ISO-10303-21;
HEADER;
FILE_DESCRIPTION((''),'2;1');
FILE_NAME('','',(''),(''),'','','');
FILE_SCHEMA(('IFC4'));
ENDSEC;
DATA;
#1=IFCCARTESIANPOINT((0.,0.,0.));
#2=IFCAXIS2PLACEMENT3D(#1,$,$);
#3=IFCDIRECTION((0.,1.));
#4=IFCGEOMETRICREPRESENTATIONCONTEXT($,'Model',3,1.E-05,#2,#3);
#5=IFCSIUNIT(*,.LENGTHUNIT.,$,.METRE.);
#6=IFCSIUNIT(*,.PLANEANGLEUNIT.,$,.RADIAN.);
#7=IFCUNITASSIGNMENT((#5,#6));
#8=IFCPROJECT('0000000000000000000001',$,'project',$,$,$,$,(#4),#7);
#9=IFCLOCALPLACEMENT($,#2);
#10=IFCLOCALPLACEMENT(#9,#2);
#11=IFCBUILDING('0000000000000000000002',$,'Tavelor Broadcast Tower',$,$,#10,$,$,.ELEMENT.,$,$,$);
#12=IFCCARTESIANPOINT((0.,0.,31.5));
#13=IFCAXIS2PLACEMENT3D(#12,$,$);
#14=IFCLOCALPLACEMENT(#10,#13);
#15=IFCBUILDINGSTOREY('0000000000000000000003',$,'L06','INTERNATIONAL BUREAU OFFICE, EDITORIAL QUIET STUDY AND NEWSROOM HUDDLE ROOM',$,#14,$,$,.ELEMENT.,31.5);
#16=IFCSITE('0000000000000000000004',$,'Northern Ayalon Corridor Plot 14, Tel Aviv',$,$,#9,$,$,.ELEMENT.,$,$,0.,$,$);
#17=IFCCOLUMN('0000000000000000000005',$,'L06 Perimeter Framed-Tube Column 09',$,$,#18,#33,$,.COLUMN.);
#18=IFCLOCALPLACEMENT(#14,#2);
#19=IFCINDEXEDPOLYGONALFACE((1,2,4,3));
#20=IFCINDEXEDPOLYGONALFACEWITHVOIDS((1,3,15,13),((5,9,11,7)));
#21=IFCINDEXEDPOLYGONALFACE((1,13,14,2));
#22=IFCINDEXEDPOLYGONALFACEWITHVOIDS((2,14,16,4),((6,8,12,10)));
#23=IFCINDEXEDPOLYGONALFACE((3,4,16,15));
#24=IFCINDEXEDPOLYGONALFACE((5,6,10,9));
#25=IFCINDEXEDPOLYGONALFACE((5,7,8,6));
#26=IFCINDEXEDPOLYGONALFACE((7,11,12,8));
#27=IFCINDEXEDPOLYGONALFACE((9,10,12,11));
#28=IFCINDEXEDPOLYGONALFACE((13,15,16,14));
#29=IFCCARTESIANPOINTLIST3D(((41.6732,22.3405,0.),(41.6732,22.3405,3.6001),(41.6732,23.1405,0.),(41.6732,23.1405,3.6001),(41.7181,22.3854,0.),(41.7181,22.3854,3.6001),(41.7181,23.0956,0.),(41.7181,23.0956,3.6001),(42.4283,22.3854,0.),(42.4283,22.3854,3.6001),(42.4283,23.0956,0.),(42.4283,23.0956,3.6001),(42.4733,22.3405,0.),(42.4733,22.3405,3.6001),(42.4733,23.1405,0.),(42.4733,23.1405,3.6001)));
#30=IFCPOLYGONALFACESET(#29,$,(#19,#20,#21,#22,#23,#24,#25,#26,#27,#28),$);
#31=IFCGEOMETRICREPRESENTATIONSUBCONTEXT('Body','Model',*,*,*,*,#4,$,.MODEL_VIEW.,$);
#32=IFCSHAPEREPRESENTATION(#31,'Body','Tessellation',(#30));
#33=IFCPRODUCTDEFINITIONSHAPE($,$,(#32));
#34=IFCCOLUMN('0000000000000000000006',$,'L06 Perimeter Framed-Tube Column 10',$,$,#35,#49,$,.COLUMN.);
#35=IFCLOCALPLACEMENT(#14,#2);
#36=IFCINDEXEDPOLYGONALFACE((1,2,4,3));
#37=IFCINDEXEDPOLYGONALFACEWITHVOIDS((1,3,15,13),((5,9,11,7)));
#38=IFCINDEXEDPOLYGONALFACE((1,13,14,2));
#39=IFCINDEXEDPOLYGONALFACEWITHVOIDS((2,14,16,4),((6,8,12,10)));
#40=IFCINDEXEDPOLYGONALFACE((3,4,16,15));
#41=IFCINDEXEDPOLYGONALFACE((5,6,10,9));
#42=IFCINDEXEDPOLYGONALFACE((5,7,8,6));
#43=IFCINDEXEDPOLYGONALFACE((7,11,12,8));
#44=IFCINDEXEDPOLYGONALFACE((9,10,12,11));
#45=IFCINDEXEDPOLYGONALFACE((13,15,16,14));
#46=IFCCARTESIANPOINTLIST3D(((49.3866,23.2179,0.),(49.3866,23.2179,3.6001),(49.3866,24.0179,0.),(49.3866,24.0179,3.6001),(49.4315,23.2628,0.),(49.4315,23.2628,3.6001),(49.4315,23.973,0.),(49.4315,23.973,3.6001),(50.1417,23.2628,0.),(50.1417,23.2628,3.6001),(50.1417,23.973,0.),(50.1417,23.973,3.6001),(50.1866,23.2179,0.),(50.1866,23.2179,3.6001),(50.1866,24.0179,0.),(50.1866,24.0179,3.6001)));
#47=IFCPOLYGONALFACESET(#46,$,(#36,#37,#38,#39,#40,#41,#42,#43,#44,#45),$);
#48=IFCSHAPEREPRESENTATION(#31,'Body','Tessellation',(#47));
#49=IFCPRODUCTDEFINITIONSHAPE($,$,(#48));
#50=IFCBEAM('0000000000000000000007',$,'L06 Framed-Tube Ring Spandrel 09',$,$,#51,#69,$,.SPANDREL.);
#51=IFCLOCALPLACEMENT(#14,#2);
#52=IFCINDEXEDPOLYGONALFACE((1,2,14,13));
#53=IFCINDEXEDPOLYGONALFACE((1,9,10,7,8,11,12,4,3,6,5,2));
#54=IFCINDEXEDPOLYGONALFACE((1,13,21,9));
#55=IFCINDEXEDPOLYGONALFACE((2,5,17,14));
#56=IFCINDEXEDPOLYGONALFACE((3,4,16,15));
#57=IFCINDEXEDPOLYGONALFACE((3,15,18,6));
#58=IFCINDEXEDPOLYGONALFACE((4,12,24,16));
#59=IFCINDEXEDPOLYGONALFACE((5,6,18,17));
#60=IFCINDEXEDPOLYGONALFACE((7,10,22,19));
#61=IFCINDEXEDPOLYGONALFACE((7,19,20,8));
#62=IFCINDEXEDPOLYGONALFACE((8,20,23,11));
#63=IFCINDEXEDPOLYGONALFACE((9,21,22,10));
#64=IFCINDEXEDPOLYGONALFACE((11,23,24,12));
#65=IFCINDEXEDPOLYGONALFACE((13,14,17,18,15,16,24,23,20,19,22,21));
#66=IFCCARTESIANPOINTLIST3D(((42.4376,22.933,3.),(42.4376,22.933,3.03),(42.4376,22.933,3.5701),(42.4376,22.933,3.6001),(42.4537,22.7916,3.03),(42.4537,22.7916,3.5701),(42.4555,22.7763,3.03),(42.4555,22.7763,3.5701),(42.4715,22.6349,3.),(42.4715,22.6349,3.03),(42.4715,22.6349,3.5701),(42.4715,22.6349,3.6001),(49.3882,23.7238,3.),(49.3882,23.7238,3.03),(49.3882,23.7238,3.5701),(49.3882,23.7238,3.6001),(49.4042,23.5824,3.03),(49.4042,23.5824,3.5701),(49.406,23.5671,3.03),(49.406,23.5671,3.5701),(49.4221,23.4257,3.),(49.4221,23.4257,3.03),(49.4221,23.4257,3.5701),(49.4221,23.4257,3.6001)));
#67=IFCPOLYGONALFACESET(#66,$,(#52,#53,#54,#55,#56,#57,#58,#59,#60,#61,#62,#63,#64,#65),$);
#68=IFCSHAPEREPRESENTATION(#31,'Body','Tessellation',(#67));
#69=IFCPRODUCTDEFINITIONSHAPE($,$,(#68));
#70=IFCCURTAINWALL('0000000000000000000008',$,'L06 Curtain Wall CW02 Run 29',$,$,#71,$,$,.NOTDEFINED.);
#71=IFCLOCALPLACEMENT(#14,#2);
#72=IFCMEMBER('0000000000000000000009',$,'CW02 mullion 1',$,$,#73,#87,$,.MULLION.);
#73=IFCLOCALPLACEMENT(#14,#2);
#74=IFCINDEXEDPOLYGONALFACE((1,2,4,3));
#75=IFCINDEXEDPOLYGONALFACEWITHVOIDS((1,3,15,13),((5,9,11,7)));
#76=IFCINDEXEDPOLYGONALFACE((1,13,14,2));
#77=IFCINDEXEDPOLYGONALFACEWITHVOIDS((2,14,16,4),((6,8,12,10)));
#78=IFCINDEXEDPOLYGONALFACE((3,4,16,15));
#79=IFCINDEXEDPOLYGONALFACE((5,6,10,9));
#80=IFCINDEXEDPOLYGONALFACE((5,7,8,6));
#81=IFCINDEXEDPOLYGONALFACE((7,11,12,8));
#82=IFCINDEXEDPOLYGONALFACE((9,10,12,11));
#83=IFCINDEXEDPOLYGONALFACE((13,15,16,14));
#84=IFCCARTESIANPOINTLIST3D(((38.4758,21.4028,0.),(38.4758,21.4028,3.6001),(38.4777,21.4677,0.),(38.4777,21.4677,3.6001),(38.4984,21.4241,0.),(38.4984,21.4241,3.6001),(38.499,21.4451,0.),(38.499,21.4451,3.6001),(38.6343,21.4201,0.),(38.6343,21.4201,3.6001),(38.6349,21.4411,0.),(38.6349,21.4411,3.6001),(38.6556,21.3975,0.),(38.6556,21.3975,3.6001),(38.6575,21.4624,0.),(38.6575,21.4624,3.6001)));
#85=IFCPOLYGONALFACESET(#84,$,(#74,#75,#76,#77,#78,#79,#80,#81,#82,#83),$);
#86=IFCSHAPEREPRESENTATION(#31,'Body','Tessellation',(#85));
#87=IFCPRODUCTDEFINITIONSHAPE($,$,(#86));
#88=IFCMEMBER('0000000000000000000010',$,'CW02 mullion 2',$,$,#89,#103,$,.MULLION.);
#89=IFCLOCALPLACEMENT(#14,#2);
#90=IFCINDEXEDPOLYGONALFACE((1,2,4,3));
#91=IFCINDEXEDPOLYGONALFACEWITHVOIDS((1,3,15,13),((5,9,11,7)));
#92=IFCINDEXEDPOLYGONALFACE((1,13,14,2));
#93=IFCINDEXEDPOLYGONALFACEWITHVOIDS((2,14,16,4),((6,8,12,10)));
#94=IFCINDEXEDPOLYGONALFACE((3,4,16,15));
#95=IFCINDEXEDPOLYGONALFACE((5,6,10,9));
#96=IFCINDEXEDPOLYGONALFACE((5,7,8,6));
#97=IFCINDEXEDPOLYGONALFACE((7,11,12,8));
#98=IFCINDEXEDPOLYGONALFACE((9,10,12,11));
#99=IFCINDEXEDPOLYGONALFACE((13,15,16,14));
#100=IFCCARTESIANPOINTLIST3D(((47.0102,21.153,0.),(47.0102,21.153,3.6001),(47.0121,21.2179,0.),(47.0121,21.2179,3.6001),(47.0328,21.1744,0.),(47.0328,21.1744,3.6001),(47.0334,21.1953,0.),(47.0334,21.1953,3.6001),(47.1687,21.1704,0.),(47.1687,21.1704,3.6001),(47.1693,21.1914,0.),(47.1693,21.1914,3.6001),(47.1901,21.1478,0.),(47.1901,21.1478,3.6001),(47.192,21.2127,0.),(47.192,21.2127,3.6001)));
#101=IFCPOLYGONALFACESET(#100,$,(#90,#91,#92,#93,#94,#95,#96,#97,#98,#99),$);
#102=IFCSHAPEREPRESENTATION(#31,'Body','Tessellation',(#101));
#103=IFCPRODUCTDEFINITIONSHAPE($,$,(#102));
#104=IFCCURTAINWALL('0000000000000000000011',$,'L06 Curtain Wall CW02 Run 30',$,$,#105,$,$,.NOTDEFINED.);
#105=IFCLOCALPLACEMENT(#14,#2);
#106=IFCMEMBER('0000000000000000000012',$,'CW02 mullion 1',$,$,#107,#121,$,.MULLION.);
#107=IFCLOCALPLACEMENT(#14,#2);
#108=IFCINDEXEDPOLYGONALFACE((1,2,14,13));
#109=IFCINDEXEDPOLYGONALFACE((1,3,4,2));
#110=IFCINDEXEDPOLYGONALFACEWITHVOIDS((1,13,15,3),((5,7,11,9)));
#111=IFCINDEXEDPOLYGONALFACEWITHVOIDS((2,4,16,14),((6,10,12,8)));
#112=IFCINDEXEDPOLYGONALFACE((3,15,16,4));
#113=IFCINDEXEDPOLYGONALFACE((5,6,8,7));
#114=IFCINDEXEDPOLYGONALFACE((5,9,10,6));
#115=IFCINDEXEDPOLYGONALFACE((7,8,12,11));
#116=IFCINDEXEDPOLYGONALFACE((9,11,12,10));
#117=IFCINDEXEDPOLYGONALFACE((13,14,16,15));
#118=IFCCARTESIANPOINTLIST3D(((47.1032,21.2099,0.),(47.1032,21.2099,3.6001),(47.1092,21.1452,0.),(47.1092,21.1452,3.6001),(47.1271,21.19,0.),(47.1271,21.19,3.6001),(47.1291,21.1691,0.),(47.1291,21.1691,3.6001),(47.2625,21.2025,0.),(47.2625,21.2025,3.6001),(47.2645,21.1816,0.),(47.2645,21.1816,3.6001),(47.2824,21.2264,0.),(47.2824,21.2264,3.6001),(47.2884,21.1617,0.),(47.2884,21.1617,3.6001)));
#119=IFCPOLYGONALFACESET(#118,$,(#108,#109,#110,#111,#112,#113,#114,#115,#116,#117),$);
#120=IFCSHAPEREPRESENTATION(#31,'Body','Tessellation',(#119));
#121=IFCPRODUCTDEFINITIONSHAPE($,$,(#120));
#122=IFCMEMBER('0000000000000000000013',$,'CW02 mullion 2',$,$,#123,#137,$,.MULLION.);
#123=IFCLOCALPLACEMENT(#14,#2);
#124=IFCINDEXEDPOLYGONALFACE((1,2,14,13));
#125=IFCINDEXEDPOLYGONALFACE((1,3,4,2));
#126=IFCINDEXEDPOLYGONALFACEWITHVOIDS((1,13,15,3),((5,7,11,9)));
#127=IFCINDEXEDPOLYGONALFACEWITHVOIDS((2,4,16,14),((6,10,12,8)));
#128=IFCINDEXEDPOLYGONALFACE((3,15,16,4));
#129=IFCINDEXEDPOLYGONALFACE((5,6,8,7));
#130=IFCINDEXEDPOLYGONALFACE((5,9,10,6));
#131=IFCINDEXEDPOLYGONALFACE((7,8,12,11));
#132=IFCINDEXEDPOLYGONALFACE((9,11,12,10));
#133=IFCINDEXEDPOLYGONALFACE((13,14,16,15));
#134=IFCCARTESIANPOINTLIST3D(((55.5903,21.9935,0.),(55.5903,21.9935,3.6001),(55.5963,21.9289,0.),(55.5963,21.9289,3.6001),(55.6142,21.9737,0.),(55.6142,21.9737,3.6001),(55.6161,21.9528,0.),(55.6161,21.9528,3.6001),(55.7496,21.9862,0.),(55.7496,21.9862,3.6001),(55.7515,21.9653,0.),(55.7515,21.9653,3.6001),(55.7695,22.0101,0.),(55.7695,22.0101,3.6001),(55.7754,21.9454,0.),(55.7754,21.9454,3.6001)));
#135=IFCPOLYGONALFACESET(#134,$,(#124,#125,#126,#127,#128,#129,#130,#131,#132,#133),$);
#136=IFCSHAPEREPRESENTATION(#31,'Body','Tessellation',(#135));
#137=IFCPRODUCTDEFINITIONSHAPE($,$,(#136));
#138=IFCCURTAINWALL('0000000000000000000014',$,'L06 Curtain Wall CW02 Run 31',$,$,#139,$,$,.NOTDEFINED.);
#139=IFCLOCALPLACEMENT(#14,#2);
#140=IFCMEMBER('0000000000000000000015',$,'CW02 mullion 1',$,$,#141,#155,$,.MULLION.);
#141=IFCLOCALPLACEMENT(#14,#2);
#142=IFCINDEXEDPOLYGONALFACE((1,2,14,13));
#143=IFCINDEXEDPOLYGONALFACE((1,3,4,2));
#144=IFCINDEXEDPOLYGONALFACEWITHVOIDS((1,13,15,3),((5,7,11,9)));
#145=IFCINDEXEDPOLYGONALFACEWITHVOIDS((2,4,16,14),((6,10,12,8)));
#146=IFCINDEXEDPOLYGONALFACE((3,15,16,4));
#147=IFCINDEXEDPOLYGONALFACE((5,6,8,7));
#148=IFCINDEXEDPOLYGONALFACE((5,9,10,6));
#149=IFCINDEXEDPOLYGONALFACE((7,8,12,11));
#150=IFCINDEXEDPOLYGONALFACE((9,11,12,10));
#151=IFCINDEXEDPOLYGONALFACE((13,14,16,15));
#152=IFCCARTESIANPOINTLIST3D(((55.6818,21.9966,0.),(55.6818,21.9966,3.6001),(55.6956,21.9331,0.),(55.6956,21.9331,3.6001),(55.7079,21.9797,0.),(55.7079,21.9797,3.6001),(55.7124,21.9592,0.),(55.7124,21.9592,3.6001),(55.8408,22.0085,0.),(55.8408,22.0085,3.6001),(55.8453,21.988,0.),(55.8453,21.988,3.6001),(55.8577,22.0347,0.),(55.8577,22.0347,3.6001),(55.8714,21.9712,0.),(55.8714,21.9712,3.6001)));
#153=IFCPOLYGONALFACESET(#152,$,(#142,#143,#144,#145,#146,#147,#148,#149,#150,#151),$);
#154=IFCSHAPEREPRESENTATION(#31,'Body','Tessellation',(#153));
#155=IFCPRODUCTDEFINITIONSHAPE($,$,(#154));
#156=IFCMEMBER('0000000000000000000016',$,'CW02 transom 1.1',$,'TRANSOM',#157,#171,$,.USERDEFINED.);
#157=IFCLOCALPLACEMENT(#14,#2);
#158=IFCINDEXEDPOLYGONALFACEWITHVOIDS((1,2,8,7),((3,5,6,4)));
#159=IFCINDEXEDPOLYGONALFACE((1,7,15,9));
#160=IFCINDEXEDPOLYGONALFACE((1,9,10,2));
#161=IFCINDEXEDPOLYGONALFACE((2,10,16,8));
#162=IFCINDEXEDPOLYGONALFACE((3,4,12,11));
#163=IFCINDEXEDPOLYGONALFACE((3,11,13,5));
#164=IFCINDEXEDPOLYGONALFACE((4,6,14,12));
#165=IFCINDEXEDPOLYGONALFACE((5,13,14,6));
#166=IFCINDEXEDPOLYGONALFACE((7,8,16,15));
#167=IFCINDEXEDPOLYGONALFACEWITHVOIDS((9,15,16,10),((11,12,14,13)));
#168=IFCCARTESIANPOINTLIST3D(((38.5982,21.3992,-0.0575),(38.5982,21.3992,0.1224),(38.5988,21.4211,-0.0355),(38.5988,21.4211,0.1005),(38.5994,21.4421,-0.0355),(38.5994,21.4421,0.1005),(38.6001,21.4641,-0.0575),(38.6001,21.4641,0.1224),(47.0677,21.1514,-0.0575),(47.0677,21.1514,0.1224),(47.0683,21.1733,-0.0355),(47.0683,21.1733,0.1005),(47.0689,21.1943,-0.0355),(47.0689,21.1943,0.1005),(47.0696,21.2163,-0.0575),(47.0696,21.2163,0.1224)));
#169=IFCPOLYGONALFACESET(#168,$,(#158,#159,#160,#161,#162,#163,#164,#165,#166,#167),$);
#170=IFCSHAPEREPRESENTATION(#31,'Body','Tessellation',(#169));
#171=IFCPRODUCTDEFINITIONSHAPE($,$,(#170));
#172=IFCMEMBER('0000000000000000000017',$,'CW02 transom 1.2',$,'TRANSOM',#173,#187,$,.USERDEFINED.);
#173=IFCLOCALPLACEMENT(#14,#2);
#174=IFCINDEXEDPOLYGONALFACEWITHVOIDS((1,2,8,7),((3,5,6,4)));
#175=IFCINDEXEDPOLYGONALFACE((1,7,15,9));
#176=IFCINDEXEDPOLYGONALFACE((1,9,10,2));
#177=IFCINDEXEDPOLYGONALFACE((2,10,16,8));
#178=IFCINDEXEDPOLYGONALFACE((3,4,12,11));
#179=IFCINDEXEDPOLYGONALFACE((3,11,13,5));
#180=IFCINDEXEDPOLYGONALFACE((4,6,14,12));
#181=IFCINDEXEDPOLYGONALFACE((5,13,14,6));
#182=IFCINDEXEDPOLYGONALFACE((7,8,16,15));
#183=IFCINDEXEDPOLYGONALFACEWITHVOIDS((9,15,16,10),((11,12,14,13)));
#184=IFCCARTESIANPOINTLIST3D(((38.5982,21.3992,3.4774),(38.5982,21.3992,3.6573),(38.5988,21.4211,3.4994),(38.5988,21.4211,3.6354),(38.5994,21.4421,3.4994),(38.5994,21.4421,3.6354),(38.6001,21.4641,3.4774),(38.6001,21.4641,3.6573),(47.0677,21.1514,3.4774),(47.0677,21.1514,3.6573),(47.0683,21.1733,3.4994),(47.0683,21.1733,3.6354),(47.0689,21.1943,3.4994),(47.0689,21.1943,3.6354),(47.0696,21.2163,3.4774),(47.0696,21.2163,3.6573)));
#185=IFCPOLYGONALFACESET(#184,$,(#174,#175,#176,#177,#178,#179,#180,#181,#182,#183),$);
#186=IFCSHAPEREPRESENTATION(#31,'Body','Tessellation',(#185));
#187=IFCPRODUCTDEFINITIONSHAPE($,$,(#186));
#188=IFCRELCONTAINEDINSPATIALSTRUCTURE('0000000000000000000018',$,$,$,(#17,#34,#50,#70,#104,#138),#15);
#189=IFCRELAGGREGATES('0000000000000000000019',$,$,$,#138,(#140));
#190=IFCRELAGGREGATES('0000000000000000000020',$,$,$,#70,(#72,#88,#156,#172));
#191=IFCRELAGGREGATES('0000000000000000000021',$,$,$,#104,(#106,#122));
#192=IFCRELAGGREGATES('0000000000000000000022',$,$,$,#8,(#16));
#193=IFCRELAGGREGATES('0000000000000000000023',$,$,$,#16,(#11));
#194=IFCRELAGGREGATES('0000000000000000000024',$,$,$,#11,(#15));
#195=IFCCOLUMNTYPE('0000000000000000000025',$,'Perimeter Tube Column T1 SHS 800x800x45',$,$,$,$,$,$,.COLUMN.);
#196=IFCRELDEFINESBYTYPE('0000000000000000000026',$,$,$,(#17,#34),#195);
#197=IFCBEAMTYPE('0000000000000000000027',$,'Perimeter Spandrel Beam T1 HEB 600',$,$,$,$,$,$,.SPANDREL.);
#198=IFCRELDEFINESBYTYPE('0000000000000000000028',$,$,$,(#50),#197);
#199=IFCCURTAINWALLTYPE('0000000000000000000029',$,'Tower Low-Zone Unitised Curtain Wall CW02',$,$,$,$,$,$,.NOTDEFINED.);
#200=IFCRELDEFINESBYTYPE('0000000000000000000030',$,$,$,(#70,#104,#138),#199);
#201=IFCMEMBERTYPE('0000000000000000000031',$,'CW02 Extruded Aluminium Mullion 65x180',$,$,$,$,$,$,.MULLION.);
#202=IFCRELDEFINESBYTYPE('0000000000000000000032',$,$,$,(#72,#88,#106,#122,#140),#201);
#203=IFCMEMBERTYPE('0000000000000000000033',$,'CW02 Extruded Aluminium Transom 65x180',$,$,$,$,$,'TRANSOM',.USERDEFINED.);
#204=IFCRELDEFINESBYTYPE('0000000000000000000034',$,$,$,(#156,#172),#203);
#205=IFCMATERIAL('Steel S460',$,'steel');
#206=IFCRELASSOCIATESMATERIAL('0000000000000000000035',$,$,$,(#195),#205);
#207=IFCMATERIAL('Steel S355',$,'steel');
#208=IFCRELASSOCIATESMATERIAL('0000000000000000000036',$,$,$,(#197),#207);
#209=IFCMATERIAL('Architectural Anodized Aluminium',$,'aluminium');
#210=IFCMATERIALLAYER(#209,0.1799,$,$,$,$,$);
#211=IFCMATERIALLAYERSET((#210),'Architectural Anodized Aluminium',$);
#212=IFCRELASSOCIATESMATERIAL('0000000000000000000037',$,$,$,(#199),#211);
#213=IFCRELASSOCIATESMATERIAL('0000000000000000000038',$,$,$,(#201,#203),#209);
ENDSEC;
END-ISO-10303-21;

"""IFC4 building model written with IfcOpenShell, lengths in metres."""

from ifc_helpers import new_model, si_unit, direction, frame, origin, origin_2d, place, context, subcontext, project, spatial, hollow_rectangle, i_section, extrude, source, transform, mapped, material, layer, layer_set, material_profile, profile_set, type_object, type_shapes, element, aggregate, save


model = new_model("IFC4")

# Units and contexts
model_context = context("Model", 3, precision=1e-05, world=origin(), true_north=direction((0.0, 1.0)))
body_context = subcontext(model_context, "Body", "Model", "MODEL_VIEW")
ifc_project = project(units=[si_unit("LENGTHUNIT", "METRE"), si_unit("PLANEANGLEUNIT", "RADIAN")], contexts=[model_context])

# Site, building, storey
site_placement = place(None, origin())
site = spatial("IfcSite", under=ifc_project, at=site_placement, Name="Northern Ayalon Corridor Plot 14, Tel Aviv", CompositionType="ELEMENT", RefElevation=0.0)
building_placement = place(site_placement, origin())
building = spatial("IfcBuilding", under=site, at=building_placement, Name="Tavelor Broadcast Tower", CompositionType="ELEMENT")
storey_placement = place(building_placement, frame((0.0, 0.0, 31.5)))
storey = spatial("IfcBuildingStorey", under=building, at=storey_placement, Name="L06", Description="INTERNATIONAL BUREAU OFFICE, EDITORIAL QUIET STUDY AND NEWSROOM HUDDLE ROOM", CompositionType="ELEMENT", Elevation=31.5)

# Columns
ifc_material_1 = material(Name="Steel S460", Category="steel")
ifc_material_profile_1 = material_profile(ifc_material_1, hollow_rectangle(XDim=0.8, YDim=0.8, WallThickness=0.0449, at=origin_2d()), Name="SHS 800x800x45")
ifc_profile_set_1 = profile_set([ifc_material_profile_1], Name="Steel S460")
column_type = type_object("IfcColumnType", Name="Perimeter Tube Column T1 SHS 800x800x45", PredefinedType="COLUMN", material=ifc_profile_set_1)
for number, where, z_axis, x_axis, name in (
    (1, (42.0732, 22.7405, 0.0), (0.0, 0.0, 1.0), (1.0, 0.0, 0.0), "L06 Perimeter Framed-Tube Column 09"),
    (2, (49.7866, 23.6179, 0.0), (0.0, 0.0, 1.0), (1.0, 0.0, 0.0), "L06 Perimeter Framed-Tube Column 10"),
):
    element("IfcColumn", number, at=place(storey_placement, frame(where, z_axis=z_axis, x_axis=x_axis)), inside=storey, type_object=column_type, Name=name, PredefinedType="COLUMN", context=body_context, shape_type="SweptSolid", body=[
        extrude(hollow_rectangle(XDim=0.8, YDim=0.8, WallThickness=0.0449, at=origin_2d()), origin(), (0.0, 0.0, 1.0), 3.6001),
    ])

# Beam
ifc_material_2 = material(Name="Steel S355", Category="steel")
ifc_material_profile_2 = material_profile(ifc_material_2, i_section(OverallWidth=0.3, OverallDepth=0.6001, WebThickness=0.0154, FlangeThickness=0.03, at=origin_2d()), Name="HEB 600")
ifc_profile_set_2 = profile_set([ifc_material_profile_2], Name="Steel S355")
beam_type = type_object("IfcBeamType", Name="Perimeter Spandrel Beam T1 HEB 600", PredefinedType="SPANDREL", material=ifc_profile_set_2)
beam_placement = place(storey_placement, frame((42.4546, 22.7839, 3.3), z_axis=(0.99359, 0.113044, 0.0), x_axis=(-0.113044, 0.99359, 0.0)))
element("IfcBeam", 3, at=beam_placement, inside=storey, type_object=beam_type, Name="L06 Framed-Tube Ring Spandrel 09", PredefinedType="SPANDREL", context=body_context, shape_type="SweptSolid", body=[
    extrude(i_section(OverallWidth=0.3, OverallDepth=0.6001, WebThickness=0.0154, FlangeThickness=0.03, at=origin_2d()), origin(), (0.0, 0.0, 1.0), 6.9954),
])

# Curtain walls, members
ifc_material_3 = material(Name="Architectural Anodized Aluminium", Category="aluminium")
ifc_layer_1 = layer(ifc_material_3, 0.1799)
ifc_layer_set_1 = layer_set([ifc_layer_1], Name="Architectural Anodized Aluminium")
curtain_wall_type = type_object("IfcCurtainWallType", Name="Tower Low-Zone Unitised Curtain Wall CW02", PredefinedType="NOTDEFINED", material=ifc_layer_set_1)
curtain_wall_1_placement = place(storey_placement, origin())
curtain_wall_1 = element("IfcCurtainWall", 4, at=curtain_wall_1_placement, inside=storey, type_object=curtain_wall_type, Name="L06 Curtain Wall CW02 Run 29", PredefinedType="NOTDEFINED")
ifc_material_profile_3 = material_profile(ifc_material_3, hollow_rectangle(XDim=0.0649, YDim=0.1799, WallThickness=0.022, at=origin_2d()), Name="RHS 65x180x22")
ifc_profile_set_3 = profile_set([ifc_material_profile_3], Name="Architectural Anodized Aluminium")
member_type_1 = type_object("IfcMemberType", Name="CW02 Extruded Aluminium Mullion 65x180", PredefinedType="MULLION", material=ifc_profile_set_3)
shared_shape_1 = source(origin(), body_context, "Body", "SweptSolid", [
    extrude(hollow_rectangle(XDim=0.0649, YDim=0.1799, WallThickness=0.022, at=origin_2d()), origin(), (0.0, 0.0, 1.0), 3.6001),
])
type_shapes(member_type_1, [shared_shape_1])
member_1_placement = place(storey_placement, frame((38.5667, 21.4326, 0.0), z_axis=(0.0, 0.0, 1.0), x_axis=(0.029245, 0.999572, 0.0)))
member_1 = element("IfcMember", 5, at=member_1_placement, type_object=member_type_1, Name="CW02 mullion 1", PredefinedType="MULLION", context=body_context, shape_type="MappedRepresentation", body=[
    mapped(shared_shape_1, transform((0.0, 0.0, 0.0), scale=1.0)),
])
member_2_placement = place(storey_placement, frame((47.1011, 21.1829, 0.0), z_axis=(0.0, 0.0, 1.0), x_axis=(0.029245, 0.999572, 0.0)))
member_2 = element("IfcMember", 6, at=member_2_placement, type_object=member_type_1, Name="CW02 mullion 2", PredefinedType="MULLION", context=body_context, shape_type="MappedRepresentation", body=[
    mapped(shared_shape_1, transform((0.0, 0.0, 0.0), scale=1.0)),
])
curtain_wall_2_placement = place(storey_placement, origin())
curtain_wall_2 = element("IfcCurtainWall", 7, at=curtain_wall_2_placement, inside=storey, type_object=curtain_wall_type, Name="L06 Curtain Wall CW02 Run 30", PredefinedType="NOTDEFINED")
member_3_placement = place(storey_placement, frame((47.1958, 21.1858, 0.0), z_axis=(0.0, 0.0, 1.0), x_axis=(-0.091929, 0.995766, 0.0)))
member_3 = element("IfcMember", 8, at=member_3_placement, type_object=member_type_1, Name="CW02 mullion 1", PredefinedType="MULLION", context=body_context, shape_type="MappedRepresentation", body=[
    mapped(shared_shape_1, transform((0.0, 0.0, 0.0), scale=1.0)),
])
member_4_placement = place(storey_placement, frame((55.6829, 21.9695, 0.0), z_axis=(0.0, 0.0, 1.0), x_axis=(-0.091929, 0.995766, 0.0)))
member_4 = element("IfcMember", 9, at=member_4_placement, type_object=member_type_1, Name="CW02 mullion 2", PredefinedType="MULLION", context=body_context, shape_type="MappedRepresentation", body=[
    mapped(shared_shape_1, transform((0.0, 0.0, 0.0), scale=1.0)),
])

# Curtain wall, member
curtain_wall_3_placement = place(storey_placement, origin())
curtain_wall_3 = element("IfcCurtainWall", 10, at=curtain_wall_3_placement, inside=storey, type_object=curtain_wall_type, Name="L06 Curtain Wall CW02 Run 31", PredefinedType="NOTDEFINED")
member_5_placement = place(storey_placement, frame((55.7766, 21.9839, 0.0), z_axis=(0.0, 0.0, 1.0), x_axis=(-0.211768, 0.97732, 0.0)))
member_5 = element("IfcMember", 11, at=member_5_placement, type_object=member_type_1, Name="CW02 mullion 1", PredefinedType="MULLION", context=body_context, shape_type="MappedRepresentation", body=[
    mapped(shared_shape_1, transform((0.0, 0.0, 0.0), scale=1.0)),
])
aggregate(curtain_wall_3, [member_5])

# Members
ifc_material_profile_4 = material_profile(ifc_material_3, hollow_rectangle(XDim=0.0649, YDim=0.1799, WallThickness=0.022, at=origin_2d()), Name="RHS 65x180x22")
ifc_profile_set_4 = profile_set([ifc_material_profile_4], Name="Architectural Anodized Aluminium")
member_type_2 = type_object("IfcMemberType", Name="CW02 Extruded Aluminium Transom 65x180", ElementType="TRANSOM", PredefinedType="USERDEFINED", material=ifc_profile_set_4)
shared_shape_2 = source(origin(), body_context, "Body", "SweptSolid", [
    extrude(hollow_rectangle(XDim=0.0649, YDim=0.1799, WallThickness=0.022, at=origin_2d()), origin(), (0.0, 0.0, 1.0), 8.4731),
])
member_6_placement = place(storey_placement, frame((38.5991, 21.4316, 0.0325), z_axis=(0.999572, -0.029246, 0.0), x_axis=(0.029246, 0.999572, 0.0)))
member_6 = element("IfcMember", 12, at=member_6_placement, type_object=member_type_2, Name="CW02 transom 1.1", ObjectType="TRANSOM", PredefinedType="USERDEFINED", context=body_context, shape_type="MappedRepresentation", body=[
    mapped(shared_shape_2, transform((0.0, 0.0, 0.0), scale=1.0)),
])
member_7_placement = place(storey_placement, frame((38.5991, 21.4316, 3.5674), z_axis=(0.999572, -0.029246, 0.0), x_axis=(0.029246, 0.999572, 0.0)))
member_7 = element("IfcMember", 13, at=member_7_placement, type_object=member_type_2, Name="CW02 transom 1.2", ObjectType="TRANSOM", PredefinedType="USERDEFINED", context=body_context, shape_type="MappedRepresentation", body=[
    mapped(shared_shape_2, transform((0.0, 0.0, 0.0), scale=1.0)),
])

aggregate(curtain_wall_1, [member_1, member_2, member_6, member_7])
aggregate(curtain_wall_2, [member_3, member_4])

save(model, "model.ifc")
